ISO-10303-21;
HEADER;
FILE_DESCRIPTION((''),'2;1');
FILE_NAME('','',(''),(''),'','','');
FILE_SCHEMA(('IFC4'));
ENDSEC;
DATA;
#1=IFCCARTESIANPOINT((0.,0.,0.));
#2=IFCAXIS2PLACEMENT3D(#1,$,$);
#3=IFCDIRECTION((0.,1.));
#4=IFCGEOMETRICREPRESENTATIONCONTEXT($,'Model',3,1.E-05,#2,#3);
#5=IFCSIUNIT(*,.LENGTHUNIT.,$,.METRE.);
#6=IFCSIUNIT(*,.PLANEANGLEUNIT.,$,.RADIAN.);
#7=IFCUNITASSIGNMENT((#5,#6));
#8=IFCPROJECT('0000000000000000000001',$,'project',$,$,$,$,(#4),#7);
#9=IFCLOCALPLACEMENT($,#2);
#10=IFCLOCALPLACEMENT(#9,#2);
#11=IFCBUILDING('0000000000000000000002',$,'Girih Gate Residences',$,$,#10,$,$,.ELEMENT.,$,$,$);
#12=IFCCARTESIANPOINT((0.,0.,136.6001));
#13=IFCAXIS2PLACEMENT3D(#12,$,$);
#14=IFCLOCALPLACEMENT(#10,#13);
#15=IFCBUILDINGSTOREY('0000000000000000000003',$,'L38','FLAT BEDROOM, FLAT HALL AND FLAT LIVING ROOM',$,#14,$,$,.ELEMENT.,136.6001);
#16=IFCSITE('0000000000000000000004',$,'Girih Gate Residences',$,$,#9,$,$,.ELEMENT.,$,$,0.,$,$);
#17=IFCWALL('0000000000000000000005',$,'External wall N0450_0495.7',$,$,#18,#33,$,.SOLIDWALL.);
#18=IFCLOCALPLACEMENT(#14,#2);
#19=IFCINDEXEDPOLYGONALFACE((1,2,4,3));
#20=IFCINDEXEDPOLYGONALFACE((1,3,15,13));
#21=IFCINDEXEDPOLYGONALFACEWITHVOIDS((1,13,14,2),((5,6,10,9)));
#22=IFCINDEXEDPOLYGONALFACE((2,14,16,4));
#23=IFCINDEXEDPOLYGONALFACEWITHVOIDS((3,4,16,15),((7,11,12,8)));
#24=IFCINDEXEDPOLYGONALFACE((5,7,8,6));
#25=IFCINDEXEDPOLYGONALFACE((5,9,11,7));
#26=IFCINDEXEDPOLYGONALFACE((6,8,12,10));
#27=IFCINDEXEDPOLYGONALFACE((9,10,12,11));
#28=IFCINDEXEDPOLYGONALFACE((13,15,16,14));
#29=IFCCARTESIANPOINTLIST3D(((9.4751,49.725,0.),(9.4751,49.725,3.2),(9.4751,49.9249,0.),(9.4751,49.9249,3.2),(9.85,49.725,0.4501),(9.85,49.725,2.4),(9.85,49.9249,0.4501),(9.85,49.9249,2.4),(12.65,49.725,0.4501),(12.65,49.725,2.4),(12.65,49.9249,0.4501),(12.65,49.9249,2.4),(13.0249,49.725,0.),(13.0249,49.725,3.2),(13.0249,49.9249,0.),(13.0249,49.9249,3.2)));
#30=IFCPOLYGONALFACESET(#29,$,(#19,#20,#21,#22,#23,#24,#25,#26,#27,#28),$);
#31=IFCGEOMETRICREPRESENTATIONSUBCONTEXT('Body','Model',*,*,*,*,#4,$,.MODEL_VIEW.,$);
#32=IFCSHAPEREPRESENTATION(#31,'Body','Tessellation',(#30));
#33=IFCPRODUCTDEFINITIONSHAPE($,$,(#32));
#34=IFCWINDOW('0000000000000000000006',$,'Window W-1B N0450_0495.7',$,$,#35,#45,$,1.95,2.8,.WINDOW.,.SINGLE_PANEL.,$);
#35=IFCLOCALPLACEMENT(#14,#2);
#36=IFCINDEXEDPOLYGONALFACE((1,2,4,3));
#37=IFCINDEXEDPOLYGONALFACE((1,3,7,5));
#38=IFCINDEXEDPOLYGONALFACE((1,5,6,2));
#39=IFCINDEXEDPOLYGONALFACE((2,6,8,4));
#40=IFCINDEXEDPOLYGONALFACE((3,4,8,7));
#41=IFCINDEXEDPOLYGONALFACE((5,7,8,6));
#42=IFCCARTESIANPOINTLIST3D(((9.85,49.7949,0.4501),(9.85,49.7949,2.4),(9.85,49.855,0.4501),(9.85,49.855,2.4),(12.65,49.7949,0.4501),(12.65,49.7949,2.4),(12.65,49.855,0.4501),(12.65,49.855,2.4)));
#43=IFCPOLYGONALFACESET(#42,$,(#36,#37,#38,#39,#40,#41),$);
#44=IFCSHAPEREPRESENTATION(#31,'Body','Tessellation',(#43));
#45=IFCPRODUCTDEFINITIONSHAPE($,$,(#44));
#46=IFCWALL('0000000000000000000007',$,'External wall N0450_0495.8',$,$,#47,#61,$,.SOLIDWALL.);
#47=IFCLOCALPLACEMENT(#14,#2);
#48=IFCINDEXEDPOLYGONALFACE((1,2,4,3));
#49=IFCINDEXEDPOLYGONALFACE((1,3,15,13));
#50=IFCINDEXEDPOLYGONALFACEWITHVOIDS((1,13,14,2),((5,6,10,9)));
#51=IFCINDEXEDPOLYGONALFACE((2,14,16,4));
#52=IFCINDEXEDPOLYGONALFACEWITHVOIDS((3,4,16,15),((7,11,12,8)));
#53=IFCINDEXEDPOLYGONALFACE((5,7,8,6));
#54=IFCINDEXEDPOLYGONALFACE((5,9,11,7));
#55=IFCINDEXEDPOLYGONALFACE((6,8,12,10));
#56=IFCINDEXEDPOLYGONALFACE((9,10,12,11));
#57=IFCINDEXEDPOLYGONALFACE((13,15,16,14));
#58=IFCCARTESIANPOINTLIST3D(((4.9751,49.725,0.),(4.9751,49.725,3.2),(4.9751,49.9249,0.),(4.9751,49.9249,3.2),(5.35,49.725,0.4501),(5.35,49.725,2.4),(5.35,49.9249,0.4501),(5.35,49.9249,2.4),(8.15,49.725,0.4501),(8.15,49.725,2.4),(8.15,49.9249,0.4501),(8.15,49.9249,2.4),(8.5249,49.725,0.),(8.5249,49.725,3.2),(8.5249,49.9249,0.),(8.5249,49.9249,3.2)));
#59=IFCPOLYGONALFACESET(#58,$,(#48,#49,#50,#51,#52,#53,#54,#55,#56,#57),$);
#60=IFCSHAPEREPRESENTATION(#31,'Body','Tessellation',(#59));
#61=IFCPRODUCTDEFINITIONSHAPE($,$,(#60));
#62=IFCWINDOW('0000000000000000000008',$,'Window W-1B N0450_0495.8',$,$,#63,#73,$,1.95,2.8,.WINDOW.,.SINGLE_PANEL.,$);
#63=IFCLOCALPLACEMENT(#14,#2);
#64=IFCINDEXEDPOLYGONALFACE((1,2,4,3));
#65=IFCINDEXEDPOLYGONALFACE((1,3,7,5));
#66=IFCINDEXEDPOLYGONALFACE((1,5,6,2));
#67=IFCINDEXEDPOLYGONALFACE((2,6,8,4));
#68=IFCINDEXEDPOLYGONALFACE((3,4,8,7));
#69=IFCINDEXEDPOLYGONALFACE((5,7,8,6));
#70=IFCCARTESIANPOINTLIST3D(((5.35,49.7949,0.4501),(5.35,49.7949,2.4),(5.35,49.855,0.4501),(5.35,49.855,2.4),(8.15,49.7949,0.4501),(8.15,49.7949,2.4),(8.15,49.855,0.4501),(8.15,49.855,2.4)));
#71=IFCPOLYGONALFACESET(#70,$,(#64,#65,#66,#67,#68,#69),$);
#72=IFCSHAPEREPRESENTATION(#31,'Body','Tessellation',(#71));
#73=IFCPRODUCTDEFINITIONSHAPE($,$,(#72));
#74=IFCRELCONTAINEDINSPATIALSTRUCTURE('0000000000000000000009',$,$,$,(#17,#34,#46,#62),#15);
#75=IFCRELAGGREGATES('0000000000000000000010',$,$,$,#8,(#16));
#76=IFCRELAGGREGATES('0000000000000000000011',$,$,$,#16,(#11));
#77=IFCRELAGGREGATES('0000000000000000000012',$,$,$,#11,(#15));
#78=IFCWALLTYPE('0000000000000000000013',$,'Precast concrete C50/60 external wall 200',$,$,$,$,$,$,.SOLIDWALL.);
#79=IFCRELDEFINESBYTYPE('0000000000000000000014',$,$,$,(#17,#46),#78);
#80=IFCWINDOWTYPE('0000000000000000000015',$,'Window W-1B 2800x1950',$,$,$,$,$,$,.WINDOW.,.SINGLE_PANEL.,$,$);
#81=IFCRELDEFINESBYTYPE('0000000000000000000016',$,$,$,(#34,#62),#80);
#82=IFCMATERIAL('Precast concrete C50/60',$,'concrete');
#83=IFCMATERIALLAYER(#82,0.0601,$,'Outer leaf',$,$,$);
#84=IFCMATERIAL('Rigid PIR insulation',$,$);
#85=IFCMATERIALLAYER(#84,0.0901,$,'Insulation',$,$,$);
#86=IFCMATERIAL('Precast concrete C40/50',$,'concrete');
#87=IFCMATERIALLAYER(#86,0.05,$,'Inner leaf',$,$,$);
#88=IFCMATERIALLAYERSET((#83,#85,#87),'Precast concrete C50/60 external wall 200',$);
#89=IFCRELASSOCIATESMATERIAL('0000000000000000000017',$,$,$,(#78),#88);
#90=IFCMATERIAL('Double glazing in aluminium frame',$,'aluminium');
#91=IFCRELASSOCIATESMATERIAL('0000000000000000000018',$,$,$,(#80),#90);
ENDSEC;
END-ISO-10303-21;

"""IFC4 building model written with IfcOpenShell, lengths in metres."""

from ifc_helpers import new_model, si_unit, direction, frame, frame_2d, origin, place, context, subcontext, project, spatial, rectangle, extrude, material, layer, layer_set, type_object, element, fill, save


model = new_model("IFC4")

# Units and contexts
model_context = context("Model", 3, precision=1e-05, world=origin(), true_north=direction((0.0, 1.0)))
body_context = subcontext(model_context, "Body", "Model", "MODEL_VIEW")
ifc_project = project(units=[si_unit("LENGTHUNIT", "METRE"), si_unit("PLANEANGLEUNIT", "RADIAN")], contexts=[model_context])

# Site, building, storey
site_placement = place(None, origin())
site = spatial("IfcSite", under=ifc_project, at=site_placement, Name="Girih Gate Residences", CompositionType="ELEMENT", RefElevation=0.0)
building_placement = place(site_placement, origin())
building = spatial("IfcBuilding", under=site, at=building_placement, Name="Girih Gate Residences", CompositionType="ELEMENT")
storey_placement = place(building_placement, frame((0.0, 0.0, 136.6001)))
storey = spatial("IfcBuildingStorey", under=building, at=storey_placement, Name="L38", Description="FLAT BEDROOM, FLAT HALL AND FLAT LIVING ROOM", CompositionType="ELEMENT", Elevation=136.6001)

# Walls, openings, windows
ifc_material_1 = material(Name="Precast concrete C50/60", Category="concrete")
ifc_layer_1 = layer(ifc_material_1, 0.0601, Name="Outer leaf")
ifc_material_2 = material(Name="Rigid PIR insulation")
ifc_layer_2 = layer(ifc_material_2, 0.0901, Name="Insulation")
ifc_material_3 = material(Name="Precast concrete C40/50", Category="concrete")
ifc_layer_3 = layer(ifc_material_3, 0.05, Name="Inner leaf")
ifc_layer_set_1 = layer_set([ifc_layer_1, ifc_layer_2, ifc_layer_3], Name="Precast concrete C50/60 external wall 200")
wall_type_1 = type_object("IfcWallType", Name="Precast concrete C50/60 external wall 200", PredefinedType="SOLIDWALL", material=ifc_layer_set_1)
wall_1_placement = place(storey_placement, frame((9.4751, 49.825, 0.0), z_axis=(0.0, 0.0, 1.0), x_axis=(1.0, 0.0, 0.0)))
wall_1 = element("IfcWall", 1, at=wall_1_placement, inside=storey, type_object=wall_type_1, Name="External wall N0450_0495.7", PredefinedType="SOLIDWALL", context=body_context, shape_type="SweptSolid", body=[
    extrude(rectangle(XDim=3.5498, YDim=0.2, at=frame_2d((1.7749, 0.0))), origin(), (0.0, 0.0, 1.0), 3.2),
])
opening_1_placement = place(wall_1_placement, frame((0.375, 0.0, 0.45)))
opening_1 = element("IfcOpeningElement", 2, at=opening_1_placement, cuts=wall_1, PredefinedType="OPENING", context=body_context, shape_type="SweptSolid", body=[
    extrude(rectangle(XDim=2.8, YDim=1.95, at=frame_2d((1.3999, 0.9751))), frame((0.0, 0.1099, 0.0), z_axis=(0.0, -1.0, 0.0), x_axis=(1.0, 0.0, 0.0)), (0.0, 0.0, 1.0), 0.22),
])
ifc_material_4 = material(Name="Double glazing in aluminium frame", Category="aluminium")
window_type = type_object("IfcWindowType", Name="Window W-1B 2800x1950", PartitioningType="SINGLE_PANEL", PredefinedType="WINDOW", material=ifc_material_4)
window_1_placement = place(opening_1_placement, origin())
window_1 = element("IfcWindow", 3, at=window_1_placement, inside=storey, type_object=window_type, Name="Window W-1B N0450_0495.7", OverallHeight=1.95, OverallWidth=2.8, PartitioningType="SINGLE_PANEL", PredefinedType="WINDOW", context=body_context, shape_type="SweptSolid", body=[
    extrude(rectangle(XDim=2.8, YDim=1.95, at=frame_2d((1.3999, 0.9751))), frame((0.0, 0.03, 0.0), z_axis=(0.0, -1.0, 0.0), x_axis=(1.0, 0.0, 0.0)), (0.0, 0.0, 1.0), 0.0601),
])
fill(opening_1, window_1)
wall_2_placement = place(storey_placement, frame((4.9751, 49.825, 0.0), z_axis=(0.0, 0.0, 1.0), x_axis=(1.0, 0.0, 0.0)))
wall_2 = element("IfcWall", 4, at=wall_2_placement, inside=storey, type_object=wall_type_1, Name="External wall N0450_0495.8", PredefinedType="SOLIDWALL", context=body_context, shape_type="SweptSolid", body=[
    extrude(rectangle(XDim=3.5498, YDim=0.2, at=frame_2d((1.7749, 0.0))), origin(), (0.0, 0.0, 1.0), 3.2),
])
opening_2_placement = place(wall_2_placement, frame((0.375, 0.0, 0.45)))
opening_2 = element("IfcOpeningElement", 5, at=opening_2_placement, cuts=wall_2, PredefinedType="OPENING", context=body_context, shape_type="SweptSolid", body=[
    extrude(rectangle(XDim=2.8, YDim=1.95, at=frame_2d((1.3999, 0.9751))), frame((0.0, 0.1099, 0.0), z_axis=(0.0, -1.0, 0.0), x_axis=(1.0, 0.0, 0.0)), (0.0, 0.0, 1.0), 0.22),
])
window_2_placement = place(opening_2_placement, origin())
window_2 = element("IfcWindow", 6, at=window_2_placement, inside=storey, type_object=window_type, Name="Window W-1B N0450_0495.8", OverallHeight=1.95, OverallWidth=2.8, PartitioningType="SINGLE_PANEL", PredefinedType="WINDOW", context=body_context, shape_type="SweptSolid", body=[
    extrude(rectangle(XDim=2.8, YDim=1.95, at=frame_2d((1.3999, 0.9751))), frame((0.0, 0.03, 0.0), z_axis=(0.0, -1.0, 0.0), x_axis=(1.0, 0.0, 0.0)), (0.0, 0.0, 1.0), 0.0601),
])
fill(opening_2, window_2)

save(model, "model.ifc")
